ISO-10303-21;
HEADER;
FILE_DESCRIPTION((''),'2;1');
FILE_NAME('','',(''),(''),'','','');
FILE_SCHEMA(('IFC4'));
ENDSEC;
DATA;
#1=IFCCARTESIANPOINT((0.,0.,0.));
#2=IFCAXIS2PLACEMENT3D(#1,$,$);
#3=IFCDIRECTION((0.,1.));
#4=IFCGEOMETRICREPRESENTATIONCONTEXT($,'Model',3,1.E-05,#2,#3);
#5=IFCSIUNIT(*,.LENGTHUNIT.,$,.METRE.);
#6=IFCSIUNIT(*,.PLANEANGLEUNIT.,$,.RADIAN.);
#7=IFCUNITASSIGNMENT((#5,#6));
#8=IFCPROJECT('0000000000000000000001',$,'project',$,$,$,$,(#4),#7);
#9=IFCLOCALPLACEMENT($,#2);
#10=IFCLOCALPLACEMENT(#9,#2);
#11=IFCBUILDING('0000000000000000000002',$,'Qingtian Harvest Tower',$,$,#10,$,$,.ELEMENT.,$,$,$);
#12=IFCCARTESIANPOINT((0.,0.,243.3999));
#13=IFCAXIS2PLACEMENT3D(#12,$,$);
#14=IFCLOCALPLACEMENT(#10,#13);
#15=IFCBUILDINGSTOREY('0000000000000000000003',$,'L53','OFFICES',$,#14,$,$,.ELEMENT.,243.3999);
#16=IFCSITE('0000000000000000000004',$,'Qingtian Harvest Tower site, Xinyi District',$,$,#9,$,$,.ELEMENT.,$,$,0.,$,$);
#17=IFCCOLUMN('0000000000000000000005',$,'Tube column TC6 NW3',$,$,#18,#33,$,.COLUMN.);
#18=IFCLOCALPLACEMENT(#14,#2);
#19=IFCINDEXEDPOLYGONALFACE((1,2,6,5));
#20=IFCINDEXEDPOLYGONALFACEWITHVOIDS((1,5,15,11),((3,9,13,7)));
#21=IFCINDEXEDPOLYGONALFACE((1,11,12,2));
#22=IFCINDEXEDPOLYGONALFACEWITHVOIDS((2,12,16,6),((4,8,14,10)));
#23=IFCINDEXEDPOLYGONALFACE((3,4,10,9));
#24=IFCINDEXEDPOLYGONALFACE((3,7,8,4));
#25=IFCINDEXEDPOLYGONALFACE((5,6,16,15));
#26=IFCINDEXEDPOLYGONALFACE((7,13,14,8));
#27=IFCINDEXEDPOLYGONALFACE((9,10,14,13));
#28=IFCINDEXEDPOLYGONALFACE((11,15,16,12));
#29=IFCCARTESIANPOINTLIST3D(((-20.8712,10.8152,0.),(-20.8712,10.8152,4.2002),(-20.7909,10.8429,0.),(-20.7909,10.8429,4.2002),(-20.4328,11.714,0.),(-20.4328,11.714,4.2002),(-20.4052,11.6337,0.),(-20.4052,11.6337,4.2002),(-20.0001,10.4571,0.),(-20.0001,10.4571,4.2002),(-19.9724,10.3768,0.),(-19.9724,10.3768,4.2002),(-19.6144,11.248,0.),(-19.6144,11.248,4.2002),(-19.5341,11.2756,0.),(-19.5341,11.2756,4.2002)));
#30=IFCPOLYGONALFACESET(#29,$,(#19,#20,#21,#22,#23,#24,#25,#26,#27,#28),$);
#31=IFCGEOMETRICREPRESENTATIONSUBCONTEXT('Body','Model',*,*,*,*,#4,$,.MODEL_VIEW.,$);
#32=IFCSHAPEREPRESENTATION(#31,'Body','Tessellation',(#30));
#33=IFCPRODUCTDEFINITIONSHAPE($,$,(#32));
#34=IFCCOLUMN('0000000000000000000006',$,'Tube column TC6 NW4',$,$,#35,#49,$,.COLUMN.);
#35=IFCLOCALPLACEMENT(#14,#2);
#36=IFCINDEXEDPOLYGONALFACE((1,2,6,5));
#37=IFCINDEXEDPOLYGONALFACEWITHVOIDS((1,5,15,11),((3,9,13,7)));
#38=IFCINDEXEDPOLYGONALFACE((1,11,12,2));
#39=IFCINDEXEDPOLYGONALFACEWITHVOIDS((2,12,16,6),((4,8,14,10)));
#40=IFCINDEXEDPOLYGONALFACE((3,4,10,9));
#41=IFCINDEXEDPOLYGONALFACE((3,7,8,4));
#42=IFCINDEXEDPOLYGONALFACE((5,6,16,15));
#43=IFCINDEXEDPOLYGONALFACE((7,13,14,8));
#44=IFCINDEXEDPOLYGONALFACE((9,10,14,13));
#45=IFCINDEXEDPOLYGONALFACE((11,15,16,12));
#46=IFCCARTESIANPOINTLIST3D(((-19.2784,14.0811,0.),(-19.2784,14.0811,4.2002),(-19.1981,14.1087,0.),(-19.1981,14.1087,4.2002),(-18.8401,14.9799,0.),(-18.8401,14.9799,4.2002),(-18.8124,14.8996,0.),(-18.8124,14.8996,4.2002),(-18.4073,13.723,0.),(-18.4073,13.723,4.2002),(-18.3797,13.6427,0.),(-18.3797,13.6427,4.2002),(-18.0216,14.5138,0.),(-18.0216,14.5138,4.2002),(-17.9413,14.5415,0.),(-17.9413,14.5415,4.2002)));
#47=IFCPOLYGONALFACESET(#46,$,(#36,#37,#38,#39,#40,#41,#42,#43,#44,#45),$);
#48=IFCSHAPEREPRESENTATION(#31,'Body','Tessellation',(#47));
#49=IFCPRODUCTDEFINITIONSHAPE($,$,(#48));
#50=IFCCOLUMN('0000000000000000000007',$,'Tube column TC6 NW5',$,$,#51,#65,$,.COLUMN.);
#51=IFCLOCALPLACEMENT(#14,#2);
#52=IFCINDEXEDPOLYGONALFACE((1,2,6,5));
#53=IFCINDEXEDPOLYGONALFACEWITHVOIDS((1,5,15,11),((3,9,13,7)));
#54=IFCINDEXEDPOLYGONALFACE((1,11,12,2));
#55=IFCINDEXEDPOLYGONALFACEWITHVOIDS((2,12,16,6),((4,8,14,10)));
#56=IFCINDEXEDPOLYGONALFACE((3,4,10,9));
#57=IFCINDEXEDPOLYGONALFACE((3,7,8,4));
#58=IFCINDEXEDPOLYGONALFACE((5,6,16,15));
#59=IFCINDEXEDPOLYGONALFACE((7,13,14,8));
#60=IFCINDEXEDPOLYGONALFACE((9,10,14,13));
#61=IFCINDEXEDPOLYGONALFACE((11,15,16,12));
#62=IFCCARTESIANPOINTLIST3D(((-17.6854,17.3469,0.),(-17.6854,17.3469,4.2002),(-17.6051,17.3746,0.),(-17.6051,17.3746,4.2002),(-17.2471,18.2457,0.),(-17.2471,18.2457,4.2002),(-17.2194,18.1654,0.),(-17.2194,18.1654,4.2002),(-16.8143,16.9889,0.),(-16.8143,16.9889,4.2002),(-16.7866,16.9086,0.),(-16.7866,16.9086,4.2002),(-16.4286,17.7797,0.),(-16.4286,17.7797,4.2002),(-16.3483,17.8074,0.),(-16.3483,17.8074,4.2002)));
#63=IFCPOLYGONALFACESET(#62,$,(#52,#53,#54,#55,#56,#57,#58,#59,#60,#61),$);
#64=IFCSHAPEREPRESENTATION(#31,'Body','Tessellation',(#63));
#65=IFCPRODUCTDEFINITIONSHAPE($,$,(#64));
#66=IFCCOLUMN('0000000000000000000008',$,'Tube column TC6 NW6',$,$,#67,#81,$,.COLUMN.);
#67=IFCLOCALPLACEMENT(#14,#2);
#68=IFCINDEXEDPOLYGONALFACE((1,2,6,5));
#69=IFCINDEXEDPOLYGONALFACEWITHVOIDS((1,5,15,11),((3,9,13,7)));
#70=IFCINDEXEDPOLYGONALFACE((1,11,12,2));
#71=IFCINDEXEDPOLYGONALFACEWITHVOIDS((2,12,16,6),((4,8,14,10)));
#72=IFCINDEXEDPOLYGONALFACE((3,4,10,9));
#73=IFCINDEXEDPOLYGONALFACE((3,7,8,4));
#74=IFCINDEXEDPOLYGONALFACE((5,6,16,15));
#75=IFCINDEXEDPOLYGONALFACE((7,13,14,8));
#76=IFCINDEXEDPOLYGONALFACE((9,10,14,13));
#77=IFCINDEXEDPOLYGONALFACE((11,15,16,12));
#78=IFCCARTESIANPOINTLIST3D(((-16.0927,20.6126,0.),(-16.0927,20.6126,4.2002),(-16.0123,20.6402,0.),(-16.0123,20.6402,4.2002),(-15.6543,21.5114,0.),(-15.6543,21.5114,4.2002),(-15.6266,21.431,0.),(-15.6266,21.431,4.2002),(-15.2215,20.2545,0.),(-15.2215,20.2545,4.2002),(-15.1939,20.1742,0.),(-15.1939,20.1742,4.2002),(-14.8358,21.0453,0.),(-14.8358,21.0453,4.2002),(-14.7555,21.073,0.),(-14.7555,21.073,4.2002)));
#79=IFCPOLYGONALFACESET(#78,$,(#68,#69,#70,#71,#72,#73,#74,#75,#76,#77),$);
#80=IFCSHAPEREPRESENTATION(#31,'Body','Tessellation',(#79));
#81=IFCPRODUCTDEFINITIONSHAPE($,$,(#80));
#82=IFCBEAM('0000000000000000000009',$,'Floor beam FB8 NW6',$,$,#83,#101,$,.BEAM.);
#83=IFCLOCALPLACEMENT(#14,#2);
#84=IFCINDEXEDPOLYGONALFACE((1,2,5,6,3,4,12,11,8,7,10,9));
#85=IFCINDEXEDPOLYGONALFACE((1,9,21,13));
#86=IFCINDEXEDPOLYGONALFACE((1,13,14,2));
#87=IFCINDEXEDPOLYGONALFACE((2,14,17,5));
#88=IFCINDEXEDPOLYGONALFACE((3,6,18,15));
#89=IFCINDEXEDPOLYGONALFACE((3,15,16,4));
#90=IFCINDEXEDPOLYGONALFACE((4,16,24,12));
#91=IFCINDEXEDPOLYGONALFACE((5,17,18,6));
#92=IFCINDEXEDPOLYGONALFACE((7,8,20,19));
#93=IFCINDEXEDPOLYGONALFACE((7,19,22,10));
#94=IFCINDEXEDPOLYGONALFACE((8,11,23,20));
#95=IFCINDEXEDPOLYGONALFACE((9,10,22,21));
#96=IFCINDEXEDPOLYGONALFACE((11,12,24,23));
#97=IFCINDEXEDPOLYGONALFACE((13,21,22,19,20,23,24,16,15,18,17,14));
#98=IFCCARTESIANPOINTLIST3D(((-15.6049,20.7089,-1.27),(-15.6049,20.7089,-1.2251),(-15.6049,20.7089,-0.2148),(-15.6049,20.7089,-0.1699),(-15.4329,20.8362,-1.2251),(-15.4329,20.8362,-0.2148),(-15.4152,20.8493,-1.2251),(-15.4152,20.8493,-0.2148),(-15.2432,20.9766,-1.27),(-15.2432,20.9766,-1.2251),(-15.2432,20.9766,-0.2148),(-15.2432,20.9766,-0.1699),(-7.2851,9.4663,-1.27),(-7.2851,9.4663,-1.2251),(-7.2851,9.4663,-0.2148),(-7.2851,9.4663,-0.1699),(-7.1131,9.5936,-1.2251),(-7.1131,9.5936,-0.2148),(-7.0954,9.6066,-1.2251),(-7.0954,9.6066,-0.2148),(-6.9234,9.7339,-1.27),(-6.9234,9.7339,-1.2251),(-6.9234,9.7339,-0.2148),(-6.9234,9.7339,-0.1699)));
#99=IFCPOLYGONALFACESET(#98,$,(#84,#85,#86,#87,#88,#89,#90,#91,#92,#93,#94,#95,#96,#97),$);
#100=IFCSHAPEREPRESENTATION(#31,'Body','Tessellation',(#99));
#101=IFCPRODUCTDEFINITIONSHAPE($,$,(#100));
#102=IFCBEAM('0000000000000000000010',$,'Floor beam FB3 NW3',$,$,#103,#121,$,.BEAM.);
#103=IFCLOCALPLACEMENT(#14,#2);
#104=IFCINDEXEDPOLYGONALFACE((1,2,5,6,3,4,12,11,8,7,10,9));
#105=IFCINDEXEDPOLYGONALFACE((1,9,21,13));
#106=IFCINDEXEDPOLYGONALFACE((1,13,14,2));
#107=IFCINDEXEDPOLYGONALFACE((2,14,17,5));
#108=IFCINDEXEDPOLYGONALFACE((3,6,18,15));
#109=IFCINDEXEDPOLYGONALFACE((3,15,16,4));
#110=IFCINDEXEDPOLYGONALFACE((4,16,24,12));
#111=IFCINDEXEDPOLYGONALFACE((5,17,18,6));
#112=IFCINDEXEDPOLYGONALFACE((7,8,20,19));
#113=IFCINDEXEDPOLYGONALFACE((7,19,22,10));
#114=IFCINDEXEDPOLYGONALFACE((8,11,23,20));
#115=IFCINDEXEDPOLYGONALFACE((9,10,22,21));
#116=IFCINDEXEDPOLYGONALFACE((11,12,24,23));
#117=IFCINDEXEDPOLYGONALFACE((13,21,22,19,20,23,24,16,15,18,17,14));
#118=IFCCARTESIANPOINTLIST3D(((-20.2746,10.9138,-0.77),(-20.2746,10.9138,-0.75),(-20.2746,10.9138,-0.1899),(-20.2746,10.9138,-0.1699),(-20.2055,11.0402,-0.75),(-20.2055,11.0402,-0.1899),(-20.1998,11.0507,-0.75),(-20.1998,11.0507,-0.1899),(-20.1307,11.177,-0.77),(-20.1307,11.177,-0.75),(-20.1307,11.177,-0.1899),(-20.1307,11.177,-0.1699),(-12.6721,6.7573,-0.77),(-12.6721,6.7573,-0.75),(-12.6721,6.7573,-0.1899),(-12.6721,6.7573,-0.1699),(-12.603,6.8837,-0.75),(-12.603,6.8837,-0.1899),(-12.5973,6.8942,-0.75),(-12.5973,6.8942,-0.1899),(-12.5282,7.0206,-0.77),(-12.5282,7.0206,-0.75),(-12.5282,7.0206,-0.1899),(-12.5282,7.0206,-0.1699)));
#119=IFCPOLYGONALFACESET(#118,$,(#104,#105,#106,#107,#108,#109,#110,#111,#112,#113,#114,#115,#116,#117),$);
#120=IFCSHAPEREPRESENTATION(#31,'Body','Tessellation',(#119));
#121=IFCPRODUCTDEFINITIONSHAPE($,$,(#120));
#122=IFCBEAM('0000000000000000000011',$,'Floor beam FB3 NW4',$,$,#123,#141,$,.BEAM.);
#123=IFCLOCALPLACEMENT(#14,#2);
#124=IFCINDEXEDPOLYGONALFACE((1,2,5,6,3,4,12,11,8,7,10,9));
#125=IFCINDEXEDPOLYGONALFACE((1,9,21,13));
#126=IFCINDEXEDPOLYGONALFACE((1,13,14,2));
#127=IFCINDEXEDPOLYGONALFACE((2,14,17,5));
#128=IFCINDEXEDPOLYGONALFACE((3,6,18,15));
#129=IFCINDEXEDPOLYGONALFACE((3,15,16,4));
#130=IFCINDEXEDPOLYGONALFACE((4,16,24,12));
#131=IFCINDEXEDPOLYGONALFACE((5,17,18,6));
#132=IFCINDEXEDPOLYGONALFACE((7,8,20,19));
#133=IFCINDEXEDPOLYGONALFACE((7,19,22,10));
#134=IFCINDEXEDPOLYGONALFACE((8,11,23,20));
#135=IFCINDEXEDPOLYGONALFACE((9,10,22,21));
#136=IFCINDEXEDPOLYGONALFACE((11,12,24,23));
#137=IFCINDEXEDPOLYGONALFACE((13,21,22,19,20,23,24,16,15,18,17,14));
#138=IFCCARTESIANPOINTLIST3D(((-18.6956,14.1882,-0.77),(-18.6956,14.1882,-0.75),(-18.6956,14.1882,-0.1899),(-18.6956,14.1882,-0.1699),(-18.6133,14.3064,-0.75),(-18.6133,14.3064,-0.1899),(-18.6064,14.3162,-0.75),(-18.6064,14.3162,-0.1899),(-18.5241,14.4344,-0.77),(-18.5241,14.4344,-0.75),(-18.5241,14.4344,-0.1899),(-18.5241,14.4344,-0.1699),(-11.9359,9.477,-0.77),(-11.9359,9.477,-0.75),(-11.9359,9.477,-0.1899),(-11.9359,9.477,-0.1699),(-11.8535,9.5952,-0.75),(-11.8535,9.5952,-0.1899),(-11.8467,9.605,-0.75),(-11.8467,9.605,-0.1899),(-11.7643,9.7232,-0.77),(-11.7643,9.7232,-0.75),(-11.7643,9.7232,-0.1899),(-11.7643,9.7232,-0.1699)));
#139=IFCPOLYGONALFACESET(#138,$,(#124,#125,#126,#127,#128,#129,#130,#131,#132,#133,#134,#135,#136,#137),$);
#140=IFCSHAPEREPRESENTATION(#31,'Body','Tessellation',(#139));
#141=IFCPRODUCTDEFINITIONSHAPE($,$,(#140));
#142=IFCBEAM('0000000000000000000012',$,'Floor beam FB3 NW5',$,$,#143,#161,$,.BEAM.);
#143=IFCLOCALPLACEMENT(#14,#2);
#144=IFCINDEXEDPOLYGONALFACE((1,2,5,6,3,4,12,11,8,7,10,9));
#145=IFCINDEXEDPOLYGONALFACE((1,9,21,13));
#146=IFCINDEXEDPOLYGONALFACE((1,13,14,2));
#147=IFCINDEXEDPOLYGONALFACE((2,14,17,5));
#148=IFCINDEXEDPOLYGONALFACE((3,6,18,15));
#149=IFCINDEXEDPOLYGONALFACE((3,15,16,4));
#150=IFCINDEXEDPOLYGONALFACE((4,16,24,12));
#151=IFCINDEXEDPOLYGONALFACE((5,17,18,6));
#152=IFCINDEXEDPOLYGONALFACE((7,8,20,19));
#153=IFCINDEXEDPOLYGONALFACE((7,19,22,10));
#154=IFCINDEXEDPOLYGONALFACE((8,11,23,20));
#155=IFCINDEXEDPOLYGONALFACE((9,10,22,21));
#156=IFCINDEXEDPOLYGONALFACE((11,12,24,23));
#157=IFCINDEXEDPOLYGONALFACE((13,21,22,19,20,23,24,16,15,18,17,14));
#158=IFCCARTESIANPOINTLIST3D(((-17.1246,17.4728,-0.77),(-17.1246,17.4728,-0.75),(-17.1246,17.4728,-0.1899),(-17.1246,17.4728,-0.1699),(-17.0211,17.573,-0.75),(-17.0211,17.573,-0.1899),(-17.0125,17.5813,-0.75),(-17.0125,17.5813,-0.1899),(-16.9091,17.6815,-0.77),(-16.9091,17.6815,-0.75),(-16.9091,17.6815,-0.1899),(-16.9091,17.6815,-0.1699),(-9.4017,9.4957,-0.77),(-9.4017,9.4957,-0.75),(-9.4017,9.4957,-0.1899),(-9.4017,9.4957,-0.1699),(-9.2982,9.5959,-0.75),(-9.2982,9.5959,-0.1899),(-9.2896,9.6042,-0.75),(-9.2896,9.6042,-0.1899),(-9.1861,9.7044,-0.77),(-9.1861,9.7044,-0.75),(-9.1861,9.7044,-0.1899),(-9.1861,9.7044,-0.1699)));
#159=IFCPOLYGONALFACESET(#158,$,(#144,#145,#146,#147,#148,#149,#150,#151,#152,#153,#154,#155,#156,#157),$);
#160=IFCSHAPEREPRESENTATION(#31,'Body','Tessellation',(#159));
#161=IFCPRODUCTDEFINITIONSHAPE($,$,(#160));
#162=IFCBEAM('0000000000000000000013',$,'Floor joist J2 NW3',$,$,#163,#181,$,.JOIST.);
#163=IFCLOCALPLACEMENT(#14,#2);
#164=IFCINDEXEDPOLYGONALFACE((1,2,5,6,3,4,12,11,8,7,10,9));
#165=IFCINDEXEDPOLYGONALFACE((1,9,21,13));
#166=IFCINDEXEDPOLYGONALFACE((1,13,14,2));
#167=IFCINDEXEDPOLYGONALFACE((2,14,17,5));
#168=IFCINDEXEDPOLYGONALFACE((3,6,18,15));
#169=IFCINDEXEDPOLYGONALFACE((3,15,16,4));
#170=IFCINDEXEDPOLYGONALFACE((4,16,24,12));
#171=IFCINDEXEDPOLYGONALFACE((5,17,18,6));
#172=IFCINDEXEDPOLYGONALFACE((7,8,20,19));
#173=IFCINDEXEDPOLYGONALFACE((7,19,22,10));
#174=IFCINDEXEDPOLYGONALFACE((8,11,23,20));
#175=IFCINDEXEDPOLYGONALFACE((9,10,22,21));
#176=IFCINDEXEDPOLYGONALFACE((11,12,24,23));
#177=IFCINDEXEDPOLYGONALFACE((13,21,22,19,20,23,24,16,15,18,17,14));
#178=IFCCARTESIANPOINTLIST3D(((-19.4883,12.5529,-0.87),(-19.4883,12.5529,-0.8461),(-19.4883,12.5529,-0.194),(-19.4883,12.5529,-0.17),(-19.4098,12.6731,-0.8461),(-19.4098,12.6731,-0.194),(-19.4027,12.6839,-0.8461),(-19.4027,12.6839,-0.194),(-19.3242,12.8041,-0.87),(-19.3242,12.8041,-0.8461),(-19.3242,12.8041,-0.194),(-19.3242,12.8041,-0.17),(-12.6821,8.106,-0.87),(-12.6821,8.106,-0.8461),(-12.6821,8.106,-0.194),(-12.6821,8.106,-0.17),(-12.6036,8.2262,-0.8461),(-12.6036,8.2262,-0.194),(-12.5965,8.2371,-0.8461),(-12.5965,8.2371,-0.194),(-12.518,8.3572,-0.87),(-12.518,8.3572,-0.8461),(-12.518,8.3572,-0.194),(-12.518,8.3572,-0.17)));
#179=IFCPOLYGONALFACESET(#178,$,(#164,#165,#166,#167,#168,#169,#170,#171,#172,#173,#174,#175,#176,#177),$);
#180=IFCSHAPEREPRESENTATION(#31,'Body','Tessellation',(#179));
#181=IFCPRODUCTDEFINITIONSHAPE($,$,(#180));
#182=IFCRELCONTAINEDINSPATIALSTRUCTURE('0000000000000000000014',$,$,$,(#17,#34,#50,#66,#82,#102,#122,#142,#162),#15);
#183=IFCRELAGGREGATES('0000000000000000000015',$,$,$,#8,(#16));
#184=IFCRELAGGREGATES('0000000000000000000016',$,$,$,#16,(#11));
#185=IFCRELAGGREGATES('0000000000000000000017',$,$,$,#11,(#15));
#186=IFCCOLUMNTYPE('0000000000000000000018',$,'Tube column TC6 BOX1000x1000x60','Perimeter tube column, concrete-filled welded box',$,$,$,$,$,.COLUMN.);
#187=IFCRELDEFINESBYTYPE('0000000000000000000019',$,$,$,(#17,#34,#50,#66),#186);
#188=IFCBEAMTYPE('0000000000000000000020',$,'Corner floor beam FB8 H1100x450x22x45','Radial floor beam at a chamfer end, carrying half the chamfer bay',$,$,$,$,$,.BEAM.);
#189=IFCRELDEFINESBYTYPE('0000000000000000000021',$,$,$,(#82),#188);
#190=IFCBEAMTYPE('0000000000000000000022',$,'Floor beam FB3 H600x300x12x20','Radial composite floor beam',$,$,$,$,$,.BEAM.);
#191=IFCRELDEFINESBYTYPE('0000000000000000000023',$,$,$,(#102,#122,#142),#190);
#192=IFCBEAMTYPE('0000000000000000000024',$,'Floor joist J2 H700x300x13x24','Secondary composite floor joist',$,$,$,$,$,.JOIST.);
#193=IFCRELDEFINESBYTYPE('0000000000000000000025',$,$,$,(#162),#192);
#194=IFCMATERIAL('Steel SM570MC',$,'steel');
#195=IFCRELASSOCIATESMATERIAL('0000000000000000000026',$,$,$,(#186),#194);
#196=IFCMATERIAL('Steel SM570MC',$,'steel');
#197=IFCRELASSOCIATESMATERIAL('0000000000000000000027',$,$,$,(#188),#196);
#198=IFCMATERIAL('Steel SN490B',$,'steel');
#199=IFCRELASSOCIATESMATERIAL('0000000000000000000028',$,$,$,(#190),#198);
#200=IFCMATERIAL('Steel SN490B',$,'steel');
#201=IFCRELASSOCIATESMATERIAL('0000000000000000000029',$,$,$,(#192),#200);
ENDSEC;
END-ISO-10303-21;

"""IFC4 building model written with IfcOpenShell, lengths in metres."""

from ifc_helpers import new_model, si_unit, direction, frame, origin, origin_2d, place, context, subcontext, project, spatial, hollow_rectangle, i_section, extrude, material, material_profile, profile_set, type_object, element, save


model = new_model("IFC4")

# Units and contexts
model_context = context("Model", 3, precision=1e-05, world=origin(), true_north=direction((0.0, 1.0)))
body_context = subcontext(model_context, "Body", "Model", "MODEL_VIEW")
ifc_project = project(units=[si_unit("LENGTHUNIT", "METRE"), si_unit("PLANEANGLEUNIT", "RADIAN")], contexts=[model_context])

# Site, building, storey
site_placement = place(None, origin())
site = spatial("IfcSite", under=ifc_project, at=site_placement, Name="Qingtian Harvest Tower site, Xinyi District", CompositionType="ELEMENT", RefElevation=0.0)
building_placement = place(site_placement, origin())
building = spatial("IfcBuilding", under=site, at=building_placement, Name="Qingtian Harvest Tower", CompositionType="ELEMENT")
storey_placement = place(building_placement, frame((0.0, 0.0, 243.3999)))
storey = spatial("IfcBuildingStorey", under=building, at=storey_placement, Name="L53", Description="OFFICES", CompositionType="ELEMENT", Elevation=243.3999)

# Columns
ifc_material_1 = material(Name="Steel SM570MC", Category="steel")
ifc_material_profile_1 = material_profile(ifc_material_1, hollow_rectangle(XDim=1.0, YDim=1.0, WallThickness=0.0601, at=origin_2d()), Name="BOX1000x1000x60")
ifc_profile_set_1 = profile_set([ifc_material_profile_1], Name="Steel SM570MC")
column_type = type_object("IfcColumnType", Name="Tube column TC6 BOX1000x1000x60", Description="Perimeter tube column, concrete-filled welded box", PredefinedType="COLUMN", material=ifc_profile_set_1)
for number, where, z_axis, x_axis, name in (
    (1, (-20.2026, 11.0454, 0.0), (0.0, 0.0, 1.0), (-0.438371, -0.898794, 0.0), "Tube column TC6 NW3"),
    (2, (-18.6099, 14.3113, 0.0), (0.0, 0.0, 1.0), (-0.438371, -0.898794, 0.0), "Tube column TC6 NW4"),
    (3, (-17.0168, 17.5771, 0.0), (0.0, 0.0, 1.0), (-0.438371, -0.898794, 0.0), "Tube column TC6 NW5"),
    (4, (-15.4241, 20.8428, 0.0), (0.0, 0.0, 1.0), (-0.438371, -0.898794, 0.0), "Tube column TC6 NW6"),
):
    element("IfcColumn", number, at=place(storey_placement, frame(where, z_axis=z_axis, x_axis=x_axis)), inside=storey, type_object=column_type, Name=name, PredefinedType="COLUMN", context=body_context, shape_type="SweptSolid", body=[
        extrude(hollow_rectangle(XDim=1.0, YDim=1.0, WallThickness=0.0601, at=origin_2d()), origin(), (0.0, 0.0, 1.0), 4.2002),
    ])

# Beams
ifc_material_2 = material(Name="Steel SM570MC", Category="steel")
ifc_material_profile_2 = material_profile(ifc_material_2, i_section(OverallWidth=0.45, OverallDepth=1.1001, WebThickness=0.022, FlangeThickness=0.0449, at=origin_2d()), Name="H1100x450x22x45")
ifc_profile_set_2 = profile_set([ifc_material_profile_2], Name="Steel SM570MC")
beam_type_1 = type_object("IfcBeamType", Name="Corner floor beam FB8 H1100x450x22x45", Description="Radial floor beam at a chamfer end, carrying half the chamfer bay", PredefinedType="BEAM", material=ifc_profile_set_2)
beam_1_placement = place(storey_placement, frame((-15.4241, 20.8428, -0.72), z_axis=(0.594854, -0.803834, 0.0), x_axis=(0.803834, 0.594854, 0.0)))
element("IfcBeam", 5, at=beam_1_placement, inside=storey, type_object=beam_type_1, Name="Floor beam FB8 NW6", PredefinedType="BEAM", context=body_context, shape_type="SweptSolid", body=[
    extrude(i_section(OverallWidth=0.45, OverallDepth=1.1001, WebThickness=0.022, FlangeThickness=0.0449, at=origin_2d()), origin(), (0.0, 0.0, 1.0), 13.9863),
])
ifc_material_3 = material(Name="Steel SN490B", Category="steel")
ifc_material_profile_3 = material_profile(ifc_material_3, i_section(OverallWidth=0.3, OverallDepth=0.6001, WebThickness=0.012, FlangeThickness=0.02, at=origin_2d()), Name="H600x300x12x20")
ifc_profile_set_3 = profile_set([ifc_material_profile_3], Name="Steel SN490B")
beam_type_2 = type_object("IfcBeamType", Name="Floor beam FB3 H600x300x12x20", Description="Radial composite floor beam", PredefinedType="BEAM", material=ifc_profile_set_3)
beam_2_placement = place(storey_placement, frame((-20.2026, 11.0454, -0.47), z_axis=(0.877427, -0.479711, 0.0), x_axis=(0.479711, 0.877427, 0.0)))
element("IfcBeam", 6, at=beam_2_placement, inside=storey, type_object=beam_type_2, Name="Floor beam FB3 NW3", PredefinedType="BEAM", context=body_context, shape_type="SweptSolid", body=[
    extrude(i_section(OverallWidth=0.3, OverallDepth=0.6001, WebThickness=0.012, FlangeThickness=0.02, at=origin_2d()), origin(), (0.0, 0.0, 1.0), 8.6646),
])
beam_3_placement = place(storey_placement, frame((-18.6099, 14.3113, -0.47), z_axis=(0.820408, -0.571779, 0.0), x_axis=(0.571779, 0.820408, 0.0)))
element("IfcBeam", 7, at=beam_3_placement, inside=storey, type_object=beam_type_2, Name="Floor beam FB3 NW4", PredefinedType="BEAM", context=body_context, shape_type="SweptSolid", body=[
    extrude(i_section(OverallWidth=0.3, OverallDepth=0.6001, WebThickness=0.012, FlangeThickness=0.02, at=origin_2d()), origin(), (0.0, 0.0, 1.0), 8.2395),
])
beam_4_placement = place(storey_placement, frame((-17.0168, 17.5771, -0.47), z_axis=(0.695569, -0.718459, 0.0), x_axis=(0.718459, 0.695569, 0.0)))
element("IfcBeam", 8, at=beam_4_placement, inside=storey, type_object=beam_type_2, Name="Floor beam FB3 NW5", PredefinedType="BEAM", context=body_context, shape_type="SweptSolid", body=[
    extrude(i_section(OverallWidth=0.3, OverallDepth=0.6001, WebThickness=0.012, FlangeThickness=0.02, at=origin_2d()), origin(), (0.0, 0.0, 1.0), 11.103),
])
ifc_material_4 = material(Name="Steel SN490B", Category="steel")
ifc_material_profile_4 = material_profile(ifc_material_4, i_section(OverallWidth=0.3, OverallDepth=0.7, WebThickness=0.0129, FlangeThickness=0.0239, at=origin_2d()), Name="H700x300x13x24")
ifc_profile_set_4 = profile_set([ifc_material_profile_4], Name="Steel SN490B")
beam_type_3 = type_object("IfcBeamType", Name="Floor joist J2 H700x300x13x24", Description="Secondary composite floor joist", PredefinedType="JOIST", material=ifc_profile_set_4)
beam_5_placement = place(storey_placement, frame((-19.4062, 12.6785, -0.52), z_axis=(0.837161, -0.546956, 0.0), x_axis=(0.546956, 0.837161, 0.0)))
element("IfcBeam", 9, at=beam_5_placement, inside=storey, type_object=beam_type_3, Name="Floor joist J2 NW3", PredefinedType="JOIST", context=body_context, shape_type="SweptSolid", body=[
    extrude(i_section(OverallWidth=0.3, OverallDepth=0.7, WebThickness=0.0129, FlangeThickness=0.0239, at=origin_2d()), origin(), (0.0, 0.0, 1.0), 8.1301),
])

save(model, "model.ifc")
